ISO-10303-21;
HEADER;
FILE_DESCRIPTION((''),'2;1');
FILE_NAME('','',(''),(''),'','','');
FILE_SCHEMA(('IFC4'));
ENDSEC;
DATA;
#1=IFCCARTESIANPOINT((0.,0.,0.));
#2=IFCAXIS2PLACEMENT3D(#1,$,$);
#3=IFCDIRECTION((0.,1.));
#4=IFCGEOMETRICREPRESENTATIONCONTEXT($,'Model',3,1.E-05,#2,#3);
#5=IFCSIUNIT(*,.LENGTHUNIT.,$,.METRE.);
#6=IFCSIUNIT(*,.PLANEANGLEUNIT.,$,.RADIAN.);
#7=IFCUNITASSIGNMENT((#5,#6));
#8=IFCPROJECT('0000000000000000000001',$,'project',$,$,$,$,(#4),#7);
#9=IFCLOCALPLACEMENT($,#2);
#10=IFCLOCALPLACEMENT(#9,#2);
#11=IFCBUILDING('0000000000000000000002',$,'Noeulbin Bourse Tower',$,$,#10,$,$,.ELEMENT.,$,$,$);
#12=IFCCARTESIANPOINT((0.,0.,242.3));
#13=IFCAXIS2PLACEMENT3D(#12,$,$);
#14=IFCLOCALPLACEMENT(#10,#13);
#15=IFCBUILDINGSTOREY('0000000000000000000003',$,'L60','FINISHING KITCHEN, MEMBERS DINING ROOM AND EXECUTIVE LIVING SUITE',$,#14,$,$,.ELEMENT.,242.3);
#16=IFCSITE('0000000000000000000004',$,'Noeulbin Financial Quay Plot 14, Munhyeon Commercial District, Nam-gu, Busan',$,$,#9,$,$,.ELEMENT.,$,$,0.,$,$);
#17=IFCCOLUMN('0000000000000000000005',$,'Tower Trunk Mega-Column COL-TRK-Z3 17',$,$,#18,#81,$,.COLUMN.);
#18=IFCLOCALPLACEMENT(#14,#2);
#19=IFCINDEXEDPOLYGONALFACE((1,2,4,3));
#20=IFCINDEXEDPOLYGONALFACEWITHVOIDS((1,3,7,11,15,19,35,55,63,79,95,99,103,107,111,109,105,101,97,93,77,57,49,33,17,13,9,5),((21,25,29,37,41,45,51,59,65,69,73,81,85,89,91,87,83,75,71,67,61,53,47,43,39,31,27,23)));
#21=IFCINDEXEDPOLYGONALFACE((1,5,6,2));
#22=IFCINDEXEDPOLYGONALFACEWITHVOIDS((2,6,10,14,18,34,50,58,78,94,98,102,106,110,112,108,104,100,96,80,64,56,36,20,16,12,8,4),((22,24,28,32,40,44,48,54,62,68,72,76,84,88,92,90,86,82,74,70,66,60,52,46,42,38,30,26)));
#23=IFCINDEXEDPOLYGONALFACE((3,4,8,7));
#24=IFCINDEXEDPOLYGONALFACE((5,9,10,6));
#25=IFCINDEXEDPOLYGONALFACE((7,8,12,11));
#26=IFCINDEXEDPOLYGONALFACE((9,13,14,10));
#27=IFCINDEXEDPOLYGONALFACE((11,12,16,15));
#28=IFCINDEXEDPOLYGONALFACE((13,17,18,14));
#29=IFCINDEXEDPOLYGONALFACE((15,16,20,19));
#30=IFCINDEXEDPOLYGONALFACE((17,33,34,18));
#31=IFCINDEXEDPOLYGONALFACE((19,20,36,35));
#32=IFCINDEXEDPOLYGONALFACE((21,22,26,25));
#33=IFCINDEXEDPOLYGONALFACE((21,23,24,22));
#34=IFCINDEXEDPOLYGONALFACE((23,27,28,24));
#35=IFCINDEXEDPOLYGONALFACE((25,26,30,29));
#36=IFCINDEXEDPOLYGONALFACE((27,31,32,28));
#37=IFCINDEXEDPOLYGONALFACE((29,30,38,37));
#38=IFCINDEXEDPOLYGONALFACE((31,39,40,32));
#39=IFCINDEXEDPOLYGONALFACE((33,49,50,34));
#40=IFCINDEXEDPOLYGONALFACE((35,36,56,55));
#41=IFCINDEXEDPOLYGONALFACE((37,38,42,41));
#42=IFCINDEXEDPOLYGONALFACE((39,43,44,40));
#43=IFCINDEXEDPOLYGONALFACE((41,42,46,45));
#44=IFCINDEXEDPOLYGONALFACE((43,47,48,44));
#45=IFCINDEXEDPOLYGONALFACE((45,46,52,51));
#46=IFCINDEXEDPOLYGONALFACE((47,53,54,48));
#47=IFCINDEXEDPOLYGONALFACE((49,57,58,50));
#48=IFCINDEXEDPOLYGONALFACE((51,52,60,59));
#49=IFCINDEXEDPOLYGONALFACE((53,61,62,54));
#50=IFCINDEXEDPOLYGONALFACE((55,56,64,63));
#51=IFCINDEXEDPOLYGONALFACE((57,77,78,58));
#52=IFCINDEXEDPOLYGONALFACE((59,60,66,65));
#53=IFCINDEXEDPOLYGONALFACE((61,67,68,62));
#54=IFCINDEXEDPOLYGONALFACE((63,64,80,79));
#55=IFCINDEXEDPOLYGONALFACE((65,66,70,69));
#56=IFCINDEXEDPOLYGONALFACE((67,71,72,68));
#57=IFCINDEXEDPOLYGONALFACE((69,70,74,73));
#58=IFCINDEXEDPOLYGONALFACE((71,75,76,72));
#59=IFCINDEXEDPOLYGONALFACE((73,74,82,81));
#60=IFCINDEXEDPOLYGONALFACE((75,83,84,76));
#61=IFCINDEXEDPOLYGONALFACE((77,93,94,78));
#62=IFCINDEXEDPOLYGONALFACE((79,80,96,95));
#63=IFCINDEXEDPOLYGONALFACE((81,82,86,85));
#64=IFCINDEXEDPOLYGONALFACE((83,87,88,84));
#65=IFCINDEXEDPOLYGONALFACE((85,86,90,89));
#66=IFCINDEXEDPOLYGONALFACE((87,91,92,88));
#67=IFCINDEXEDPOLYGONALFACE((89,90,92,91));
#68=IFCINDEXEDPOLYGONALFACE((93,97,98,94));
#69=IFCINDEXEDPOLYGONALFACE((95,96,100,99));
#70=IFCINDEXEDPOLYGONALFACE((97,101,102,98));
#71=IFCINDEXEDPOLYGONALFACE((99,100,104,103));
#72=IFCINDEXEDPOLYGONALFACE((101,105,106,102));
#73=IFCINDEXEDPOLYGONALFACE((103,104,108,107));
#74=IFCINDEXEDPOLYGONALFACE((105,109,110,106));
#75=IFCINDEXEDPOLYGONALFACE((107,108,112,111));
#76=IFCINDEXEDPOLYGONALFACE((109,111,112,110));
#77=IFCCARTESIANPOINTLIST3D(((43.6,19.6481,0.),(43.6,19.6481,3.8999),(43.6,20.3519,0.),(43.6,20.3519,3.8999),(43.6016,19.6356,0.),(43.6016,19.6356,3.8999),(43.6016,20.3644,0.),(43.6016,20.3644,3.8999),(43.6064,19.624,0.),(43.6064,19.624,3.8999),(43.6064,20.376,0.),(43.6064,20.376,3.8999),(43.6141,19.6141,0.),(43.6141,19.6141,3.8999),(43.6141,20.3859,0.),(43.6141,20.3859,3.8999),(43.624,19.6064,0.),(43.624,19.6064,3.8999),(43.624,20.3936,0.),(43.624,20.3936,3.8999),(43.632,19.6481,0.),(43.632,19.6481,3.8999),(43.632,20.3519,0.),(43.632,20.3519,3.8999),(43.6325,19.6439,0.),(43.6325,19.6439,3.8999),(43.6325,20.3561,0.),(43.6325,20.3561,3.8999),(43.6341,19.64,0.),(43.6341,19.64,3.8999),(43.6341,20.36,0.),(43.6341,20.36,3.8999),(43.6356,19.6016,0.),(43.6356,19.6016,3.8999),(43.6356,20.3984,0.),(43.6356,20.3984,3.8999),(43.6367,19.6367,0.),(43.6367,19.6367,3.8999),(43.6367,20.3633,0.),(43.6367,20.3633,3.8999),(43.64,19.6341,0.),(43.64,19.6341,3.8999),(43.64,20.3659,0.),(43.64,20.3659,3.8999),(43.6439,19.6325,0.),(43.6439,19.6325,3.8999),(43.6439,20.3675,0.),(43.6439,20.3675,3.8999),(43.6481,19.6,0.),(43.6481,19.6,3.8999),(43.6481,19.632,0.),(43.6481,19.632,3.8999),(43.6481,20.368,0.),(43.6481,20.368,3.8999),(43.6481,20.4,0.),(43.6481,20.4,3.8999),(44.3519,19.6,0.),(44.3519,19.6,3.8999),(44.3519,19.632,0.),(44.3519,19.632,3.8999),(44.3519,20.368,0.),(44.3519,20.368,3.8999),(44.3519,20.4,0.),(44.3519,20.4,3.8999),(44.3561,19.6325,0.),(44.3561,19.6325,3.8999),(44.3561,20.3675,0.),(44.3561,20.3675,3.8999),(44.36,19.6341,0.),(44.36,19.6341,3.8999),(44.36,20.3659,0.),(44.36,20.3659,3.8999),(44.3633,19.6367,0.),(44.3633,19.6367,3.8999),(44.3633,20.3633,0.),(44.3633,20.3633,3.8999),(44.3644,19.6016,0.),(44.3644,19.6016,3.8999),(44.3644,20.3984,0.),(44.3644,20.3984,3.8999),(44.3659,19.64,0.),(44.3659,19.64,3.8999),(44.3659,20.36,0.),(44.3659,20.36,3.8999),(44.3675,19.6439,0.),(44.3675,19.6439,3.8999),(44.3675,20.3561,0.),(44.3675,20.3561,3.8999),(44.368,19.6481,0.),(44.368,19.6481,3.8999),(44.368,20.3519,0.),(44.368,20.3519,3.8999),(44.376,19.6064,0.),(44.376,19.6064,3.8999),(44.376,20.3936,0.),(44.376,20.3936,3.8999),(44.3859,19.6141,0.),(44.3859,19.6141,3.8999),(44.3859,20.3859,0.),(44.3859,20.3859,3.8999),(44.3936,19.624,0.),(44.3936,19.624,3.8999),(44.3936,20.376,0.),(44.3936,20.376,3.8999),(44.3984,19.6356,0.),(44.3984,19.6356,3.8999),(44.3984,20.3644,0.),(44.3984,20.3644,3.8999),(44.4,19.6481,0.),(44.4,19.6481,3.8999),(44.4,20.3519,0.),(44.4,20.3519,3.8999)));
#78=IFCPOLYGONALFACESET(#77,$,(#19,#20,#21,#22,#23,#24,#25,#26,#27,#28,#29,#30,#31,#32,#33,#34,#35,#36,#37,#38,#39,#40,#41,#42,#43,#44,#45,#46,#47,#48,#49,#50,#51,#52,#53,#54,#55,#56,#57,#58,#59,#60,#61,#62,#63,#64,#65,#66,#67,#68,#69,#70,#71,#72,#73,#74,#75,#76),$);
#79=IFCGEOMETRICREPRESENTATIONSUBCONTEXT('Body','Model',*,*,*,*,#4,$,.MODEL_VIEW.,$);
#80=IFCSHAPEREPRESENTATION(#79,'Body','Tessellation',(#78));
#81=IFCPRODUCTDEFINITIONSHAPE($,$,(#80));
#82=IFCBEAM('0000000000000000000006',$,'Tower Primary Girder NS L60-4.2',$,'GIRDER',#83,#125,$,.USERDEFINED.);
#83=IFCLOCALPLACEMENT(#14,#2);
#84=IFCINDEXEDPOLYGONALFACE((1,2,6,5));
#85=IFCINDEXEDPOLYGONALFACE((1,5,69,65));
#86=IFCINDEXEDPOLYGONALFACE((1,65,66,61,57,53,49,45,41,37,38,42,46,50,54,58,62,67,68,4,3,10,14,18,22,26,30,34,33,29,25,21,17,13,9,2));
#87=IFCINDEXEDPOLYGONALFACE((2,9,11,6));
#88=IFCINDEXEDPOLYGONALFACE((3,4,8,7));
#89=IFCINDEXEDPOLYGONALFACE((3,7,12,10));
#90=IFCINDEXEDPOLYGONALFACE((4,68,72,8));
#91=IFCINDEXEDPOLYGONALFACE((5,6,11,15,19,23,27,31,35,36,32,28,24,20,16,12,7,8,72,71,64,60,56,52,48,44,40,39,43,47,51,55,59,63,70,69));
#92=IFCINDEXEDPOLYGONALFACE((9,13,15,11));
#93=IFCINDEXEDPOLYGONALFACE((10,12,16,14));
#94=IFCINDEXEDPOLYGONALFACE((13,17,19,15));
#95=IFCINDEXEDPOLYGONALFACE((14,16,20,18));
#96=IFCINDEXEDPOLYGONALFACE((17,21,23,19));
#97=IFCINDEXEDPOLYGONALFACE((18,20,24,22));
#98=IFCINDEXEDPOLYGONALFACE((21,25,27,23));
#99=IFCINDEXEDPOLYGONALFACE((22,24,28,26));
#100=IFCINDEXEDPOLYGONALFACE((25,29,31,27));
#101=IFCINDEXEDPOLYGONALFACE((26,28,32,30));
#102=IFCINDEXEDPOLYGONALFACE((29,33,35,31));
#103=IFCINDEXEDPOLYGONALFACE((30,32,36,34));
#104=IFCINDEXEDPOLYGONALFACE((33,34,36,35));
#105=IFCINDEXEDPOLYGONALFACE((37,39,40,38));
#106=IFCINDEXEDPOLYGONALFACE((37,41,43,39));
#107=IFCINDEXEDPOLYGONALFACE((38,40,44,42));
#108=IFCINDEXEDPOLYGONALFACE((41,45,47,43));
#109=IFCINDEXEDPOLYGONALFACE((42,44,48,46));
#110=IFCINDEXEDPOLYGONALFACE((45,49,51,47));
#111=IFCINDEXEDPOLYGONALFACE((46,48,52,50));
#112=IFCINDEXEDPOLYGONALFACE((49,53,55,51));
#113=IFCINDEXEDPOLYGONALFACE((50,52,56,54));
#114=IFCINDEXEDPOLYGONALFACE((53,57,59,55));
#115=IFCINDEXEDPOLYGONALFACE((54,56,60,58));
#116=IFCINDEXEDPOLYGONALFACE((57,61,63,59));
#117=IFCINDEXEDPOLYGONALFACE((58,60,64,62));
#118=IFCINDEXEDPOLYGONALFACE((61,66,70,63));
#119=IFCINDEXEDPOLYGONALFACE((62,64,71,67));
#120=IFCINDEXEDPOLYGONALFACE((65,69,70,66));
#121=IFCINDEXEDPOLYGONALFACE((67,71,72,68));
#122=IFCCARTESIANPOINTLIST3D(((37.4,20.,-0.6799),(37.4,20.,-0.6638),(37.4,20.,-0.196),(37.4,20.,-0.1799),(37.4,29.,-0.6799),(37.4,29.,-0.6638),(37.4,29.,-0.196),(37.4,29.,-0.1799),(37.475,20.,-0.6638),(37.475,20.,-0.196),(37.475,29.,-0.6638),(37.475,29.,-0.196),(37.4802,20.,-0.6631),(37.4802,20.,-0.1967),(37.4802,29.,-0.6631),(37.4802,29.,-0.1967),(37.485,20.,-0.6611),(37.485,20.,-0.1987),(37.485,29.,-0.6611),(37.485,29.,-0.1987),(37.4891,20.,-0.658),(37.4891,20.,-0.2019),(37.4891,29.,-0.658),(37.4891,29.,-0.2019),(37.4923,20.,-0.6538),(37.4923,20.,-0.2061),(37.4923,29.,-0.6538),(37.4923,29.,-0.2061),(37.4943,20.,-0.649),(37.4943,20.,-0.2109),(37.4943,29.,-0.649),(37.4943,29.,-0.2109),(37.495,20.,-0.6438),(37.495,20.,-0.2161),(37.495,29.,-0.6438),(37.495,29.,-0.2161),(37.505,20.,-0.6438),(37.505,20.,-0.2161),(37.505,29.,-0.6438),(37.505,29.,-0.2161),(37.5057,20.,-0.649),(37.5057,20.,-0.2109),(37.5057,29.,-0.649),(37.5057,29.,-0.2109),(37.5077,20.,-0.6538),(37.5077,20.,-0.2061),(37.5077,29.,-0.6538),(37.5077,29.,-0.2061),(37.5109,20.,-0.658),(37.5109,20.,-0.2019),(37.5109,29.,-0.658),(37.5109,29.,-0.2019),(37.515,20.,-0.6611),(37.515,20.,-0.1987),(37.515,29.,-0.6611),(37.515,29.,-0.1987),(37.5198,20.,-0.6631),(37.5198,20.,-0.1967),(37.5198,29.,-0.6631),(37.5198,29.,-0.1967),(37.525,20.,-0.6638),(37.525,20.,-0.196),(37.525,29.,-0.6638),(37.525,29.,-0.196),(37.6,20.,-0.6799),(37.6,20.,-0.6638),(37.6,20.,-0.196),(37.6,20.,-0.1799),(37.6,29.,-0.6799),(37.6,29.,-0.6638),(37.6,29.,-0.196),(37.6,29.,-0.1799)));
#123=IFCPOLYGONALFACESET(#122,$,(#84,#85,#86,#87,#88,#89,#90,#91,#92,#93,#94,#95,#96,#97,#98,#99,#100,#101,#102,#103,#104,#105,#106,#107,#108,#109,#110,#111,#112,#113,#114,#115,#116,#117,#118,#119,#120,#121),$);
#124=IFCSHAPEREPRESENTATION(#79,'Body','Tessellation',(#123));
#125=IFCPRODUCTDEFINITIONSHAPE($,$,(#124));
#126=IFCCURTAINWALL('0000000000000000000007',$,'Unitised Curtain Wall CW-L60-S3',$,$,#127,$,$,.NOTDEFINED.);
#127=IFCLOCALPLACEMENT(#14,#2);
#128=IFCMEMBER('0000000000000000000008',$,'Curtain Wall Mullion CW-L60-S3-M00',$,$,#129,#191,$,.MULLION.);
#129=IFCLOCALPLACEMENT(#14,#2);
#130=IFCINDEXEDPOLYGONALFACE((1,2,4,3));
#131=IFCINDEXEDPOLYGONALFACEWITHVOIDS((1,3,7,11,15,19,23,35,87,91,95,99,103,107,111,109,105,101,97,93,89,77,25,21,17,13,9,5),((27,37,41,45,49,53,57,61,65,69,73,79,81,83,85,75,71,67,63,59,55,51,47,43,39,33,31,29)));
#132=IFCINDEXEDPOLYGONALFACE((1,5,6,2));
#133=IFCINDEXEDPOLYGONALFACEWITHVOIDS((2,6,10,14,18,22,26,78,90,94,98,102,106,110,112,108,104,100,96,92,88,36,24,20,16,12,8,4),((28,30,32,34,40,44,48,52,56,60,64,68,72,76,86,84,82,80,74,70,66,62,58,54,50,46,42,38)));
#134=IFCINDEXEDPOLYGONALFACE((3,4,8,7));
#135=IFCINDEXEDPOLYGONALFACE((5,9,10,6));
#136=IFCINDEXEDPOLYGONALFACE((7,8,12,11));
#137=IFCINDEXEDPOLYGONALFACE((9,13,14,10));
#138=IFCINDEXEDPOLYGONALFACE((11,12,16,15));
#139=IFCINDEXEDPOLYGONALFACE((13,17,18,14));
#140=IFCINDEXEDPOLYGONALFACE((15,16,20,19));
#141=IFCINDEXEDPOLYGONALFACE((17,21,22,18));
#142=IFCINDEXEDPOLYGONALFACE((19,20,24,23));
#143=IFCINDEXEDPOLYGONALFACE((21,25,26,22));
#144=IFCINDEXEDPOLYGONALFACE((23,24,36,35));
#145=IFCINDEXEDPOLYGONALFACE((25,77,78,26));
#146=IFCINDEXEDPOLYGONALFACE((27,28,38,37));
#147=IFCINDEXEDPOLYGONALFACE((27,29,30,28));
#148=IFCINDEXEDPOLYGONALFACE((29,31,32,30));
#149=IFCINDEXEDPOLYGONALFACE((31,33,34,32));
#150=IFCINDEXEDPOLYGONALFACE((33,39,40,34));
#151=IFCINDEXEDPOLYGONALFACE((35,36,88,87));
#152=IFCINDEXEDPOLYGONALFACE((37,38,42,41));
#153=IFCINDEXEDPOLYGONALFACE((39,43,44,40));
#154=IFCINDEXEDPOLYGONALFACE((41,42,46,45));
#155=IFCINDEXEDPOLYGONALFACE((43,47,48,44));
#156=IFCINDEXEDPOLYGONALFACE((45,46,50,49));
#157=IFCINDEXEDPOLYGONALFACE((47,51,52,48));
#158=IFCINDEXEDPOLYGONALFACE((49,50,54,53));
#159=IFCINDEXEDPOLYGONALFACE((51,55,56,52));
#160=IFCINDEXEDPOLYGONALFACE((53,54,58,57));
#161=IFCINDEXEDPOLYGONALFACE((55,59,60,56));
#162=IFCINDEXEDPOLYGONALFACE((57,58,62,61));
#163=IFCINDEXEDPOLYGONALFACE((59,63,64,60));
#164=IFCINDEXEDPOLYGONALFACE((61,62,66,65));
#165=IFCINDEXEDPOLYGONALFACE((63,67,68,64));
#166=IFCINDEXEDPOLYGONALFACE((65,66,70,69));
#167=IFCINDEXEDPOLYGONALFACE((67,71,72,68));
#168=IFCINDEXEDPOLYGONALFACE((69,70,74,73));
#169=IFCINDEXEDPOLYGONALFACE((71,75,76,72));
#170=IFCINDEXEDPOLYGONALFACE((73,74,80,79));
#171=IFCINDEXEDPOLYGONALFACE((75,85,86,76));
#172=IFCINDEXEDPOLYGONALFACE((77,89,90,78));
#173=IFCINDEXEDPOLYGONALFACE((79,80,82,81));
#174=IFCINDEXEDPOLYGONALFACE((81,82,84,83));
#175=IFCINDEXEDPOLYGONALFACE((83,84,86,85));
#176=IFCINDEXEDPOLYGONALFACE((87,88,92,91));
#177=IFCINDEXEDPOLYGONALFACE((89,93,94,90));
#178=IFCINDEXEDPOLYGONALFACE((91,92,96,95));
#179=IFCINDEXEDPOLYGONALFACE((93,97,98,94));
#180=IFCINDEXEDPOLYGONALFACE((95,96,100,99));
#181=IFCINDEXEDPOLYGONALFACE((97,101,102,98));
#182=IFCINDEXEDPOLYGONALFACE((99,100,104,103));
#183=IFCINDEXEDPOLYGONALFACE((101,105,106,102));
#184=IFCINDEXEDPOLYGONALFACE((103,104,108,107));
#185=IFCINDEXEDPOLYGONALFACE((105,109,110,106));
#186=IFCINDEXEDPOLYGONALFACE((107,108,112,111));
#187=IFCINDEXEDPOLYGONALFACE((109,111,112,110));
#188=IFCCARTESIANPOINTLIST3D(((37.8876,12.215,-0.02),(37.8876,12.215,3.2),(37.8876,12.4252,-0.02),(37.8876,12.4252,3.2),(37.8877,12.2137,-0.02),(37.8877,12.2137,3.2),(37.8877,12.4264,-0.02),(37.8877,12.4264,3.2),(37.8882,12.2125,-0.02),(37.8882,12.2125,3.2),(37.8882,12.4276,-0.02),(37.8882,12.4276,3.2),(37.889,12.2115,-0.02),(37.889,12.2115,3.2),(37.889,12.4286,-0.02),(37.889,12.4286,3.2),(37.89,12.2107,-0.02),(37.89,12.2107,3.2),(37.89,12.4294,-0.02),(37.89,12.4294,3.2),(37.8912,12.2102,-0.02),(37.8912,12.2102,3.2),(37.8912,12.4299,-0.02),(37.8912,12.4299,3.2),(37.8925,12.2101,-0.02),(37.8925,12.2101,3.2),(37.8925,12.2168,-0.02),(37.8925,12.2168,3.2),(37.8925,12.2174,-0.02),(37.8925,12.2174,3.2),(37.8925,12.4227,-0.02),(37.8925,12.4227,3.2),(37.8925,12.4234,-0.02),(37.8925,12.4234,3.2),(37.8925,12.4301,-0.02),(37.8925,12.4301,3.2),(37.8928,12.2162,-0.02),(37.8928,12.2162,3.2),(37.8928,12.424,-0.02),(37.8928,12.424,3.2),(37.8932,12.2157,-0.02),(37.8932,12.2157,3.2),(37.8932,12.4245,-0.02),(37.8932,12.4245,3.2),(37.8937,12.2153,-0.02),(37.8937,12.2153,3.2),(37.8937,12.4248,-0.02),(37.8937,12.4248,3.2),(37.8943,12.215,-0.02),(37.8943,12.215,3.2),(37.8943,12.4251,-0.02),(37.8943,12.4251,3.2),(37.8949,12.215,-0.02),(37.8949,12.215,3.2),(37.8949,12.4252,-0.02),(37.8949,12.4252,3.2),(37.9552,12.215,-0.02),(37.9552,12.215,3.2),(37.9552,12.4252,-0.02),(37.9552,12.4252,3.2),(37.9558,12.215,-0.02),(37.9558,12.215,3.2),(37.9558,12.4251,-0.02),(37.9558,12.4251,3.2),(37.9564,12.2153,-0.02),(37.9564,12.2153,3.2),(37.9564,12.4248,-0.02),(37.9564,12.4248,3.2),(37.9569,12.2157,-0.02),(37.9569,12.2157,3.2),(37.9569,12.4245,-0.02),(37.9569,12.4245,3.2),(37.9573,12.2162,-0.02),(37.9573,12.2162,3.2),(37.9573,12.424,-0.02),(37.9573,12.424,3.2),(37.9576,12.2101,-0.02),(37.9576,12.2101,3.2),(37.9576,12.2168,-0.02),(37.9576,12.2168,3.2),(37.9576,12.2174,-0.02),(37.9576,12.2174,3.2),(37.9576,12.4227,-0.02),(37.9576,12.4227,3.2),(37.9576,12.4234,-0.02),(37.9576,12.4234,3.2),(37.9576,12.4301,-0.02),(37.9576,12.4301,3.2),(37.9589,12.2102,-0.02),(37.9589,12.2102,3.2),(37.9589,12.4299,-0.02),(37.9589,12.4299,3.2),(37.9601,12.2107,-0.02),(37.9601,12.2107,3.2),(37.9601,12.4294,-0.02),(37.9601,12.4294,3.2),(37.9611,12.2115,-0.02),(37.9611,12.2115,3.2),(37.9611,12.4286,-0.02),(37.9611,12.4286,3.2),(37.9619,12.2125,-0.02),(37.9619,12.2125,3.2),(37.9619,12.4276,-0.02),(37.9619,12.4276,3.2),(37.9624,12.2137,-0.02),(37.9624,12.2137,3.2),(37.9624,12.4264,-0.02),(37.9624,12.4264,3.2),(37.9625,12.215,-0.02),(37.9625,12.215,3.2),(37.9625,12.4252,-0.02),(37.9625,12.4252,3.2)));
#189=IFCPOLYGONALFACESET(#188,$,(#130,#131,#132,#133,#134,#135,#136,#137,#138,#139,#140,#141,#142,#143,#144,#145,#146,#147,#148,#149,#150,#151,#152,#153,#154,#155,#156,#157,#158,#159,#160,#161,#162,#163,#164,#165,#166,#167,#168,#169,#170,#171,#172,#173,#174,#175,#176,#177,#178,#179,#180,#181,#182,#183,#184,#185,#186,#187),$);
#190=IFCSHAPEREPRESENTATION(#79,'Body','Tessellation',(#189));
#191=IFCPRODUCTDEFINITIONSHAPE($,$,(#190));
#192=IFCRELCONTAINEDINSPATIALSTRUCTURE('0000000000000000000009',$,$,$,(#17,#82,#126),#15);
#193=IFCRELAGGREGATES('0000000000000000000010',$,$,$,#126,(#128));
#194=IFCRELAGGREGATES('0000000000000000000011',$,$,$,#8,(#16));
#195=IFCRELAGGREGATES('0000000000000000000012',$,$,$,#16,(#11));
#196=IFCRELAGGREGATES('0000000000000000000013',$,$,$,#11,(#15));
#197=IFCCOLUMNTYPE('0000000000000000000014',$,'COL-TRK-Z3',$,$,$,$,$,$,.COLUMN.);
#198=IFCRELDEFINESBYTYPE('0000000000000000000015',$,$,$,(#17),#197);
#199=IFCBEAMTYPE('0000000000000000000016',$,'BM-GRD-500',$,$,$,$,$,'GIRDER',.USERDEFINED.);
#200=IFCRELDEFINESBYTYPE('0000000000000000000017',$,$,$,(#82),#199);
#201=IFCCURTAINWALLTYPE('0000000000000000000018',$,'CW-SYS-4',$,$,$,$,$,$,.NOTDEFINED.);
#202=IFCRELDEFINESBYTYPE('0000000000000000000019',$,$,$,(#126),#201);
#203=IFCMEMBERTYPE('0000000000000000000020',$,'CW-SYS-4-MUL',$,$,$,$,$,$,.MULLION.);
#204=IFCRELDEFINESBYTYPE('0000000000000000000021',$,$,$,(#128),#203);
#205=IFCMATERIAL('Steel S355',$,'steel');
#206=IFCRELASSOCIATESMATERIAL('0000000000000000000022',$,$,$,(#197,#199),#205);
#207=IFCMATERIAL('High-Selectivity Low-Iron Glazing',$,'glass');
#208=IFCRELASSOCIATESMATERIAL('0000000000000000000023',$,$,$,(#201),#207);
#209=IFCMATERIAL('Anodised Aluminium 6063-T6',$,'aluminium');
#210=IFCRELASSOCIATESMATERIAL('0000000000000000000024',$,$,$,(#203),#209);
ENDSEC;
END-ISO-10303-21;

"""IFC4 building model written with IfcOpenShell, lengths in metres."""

from ifc_helpers import new_model, si_unit, direction, frame, origin, origin_2d, place, context, subcontext, project, spatial, hollow_rectangle, i_section, extrude, material, material_profile, profile_set, type_object, element, aggregate, save


model = new_model("IFC4")

# Units and contexts
model_context = context("Model", 3, precision=1e-05, world=origin(), true_north=direction((0.0, 1.0)))
body_context = subcontext(model_context, "Body", "Model", "MODEL_VIEW")
ifc_project = project(units=[si_unit("LENGTHUNIT", "METRE"), si_unit("PLANEANGLEUNIT", "RADIAN")], contexts=[model_context])

# Site, building, storey
site_placement = place(None, origin())
site = spatial("IfcSite", under=ifc_project, at=site_placement, Name="Noeulbin Financial Quay Plot 14, Munhyeon Commercial District, Nam-gu, Busan", CompositionType="ELEMENT", RefElevation=0.0)
building_placement = place(site_placement, origin())
building = spatial("IfcBuilding", under=site, at=building_placement, Name="Noeulbin Bourse Tower", CompositionType="ELEMENT")
storey_placement = place(building_placement, frame((0.0, 0.0, 242.3)))
storey = spatial("IfcBuildingStorey", under=building, at=storey_placement, Name="L60", Description="FINISHING KITCHEN, MEMBERS DINING ROOM AND EXECUTIVE LIVING SUITE", CompositionType="ELEMENT", Elevation=242.3)

# Column
ifc_material_1 = material(Name="Steel S355", Category="steel")
ifc_material_profile_1 = material_profile(ifc_material_1, hollow_rectangle(XDim=0.8, YDim=0.8, WallThickness=0.032, InnerFilletRadius=0.0161, OuterFilletRadius=0.0481, at=origin_2d()), Name="BOX-800x800x32", Category="LoadBearing")
ifc_profile_set_1 = profile_set([ifc_material_profile_1], Name="Steel S355")
column_type = type_object("IfcColumnType", Name="COL-TRK-Z3", PredefinedType="COLUMN", material=ifc_profile_set_1)
column_placement = place(storey_placement, frame((44.0, 20.0, 0.0), z_axis=(0.0, 0.0, 1.0), x_axis=(1.0, 0.0, 0.0)))
element("IfcColumn", 1, at=column_placement, inside=storey, type_object=column_type, Name="Tower Trunk Mega-Column COL-TRK-Z3 17", PredefinedType="COLUMN", context=body_context, shape_type="SweptSolid", body=[
    extrude(hollow_rectangle(XDim=0.8, YDim=0.8, WallThickness=0.032, InnerFilletRadius=0.0161, OuterFilletRadius=0.0481, at=origin_2d()), origin(), (0.0, 0.0, 1.0), 3.8999),
])

# Beam
ifc_material_profile_2 = material_profile(ifc_material_1, i_section(OverallWidth=0.2, OverallDepth=0.5, WebThickness=0.01, FlangeThickness=0.0161, FilletRadius=0.02, at=origin_2d()), Name="H-500x200x10x16", Category="LoadBearing")
ifc_profile_set_2 = profile_set([ifc_material_profile_2], Name="Steel S355")
beam_type = type_object("IfcBeamType", Name="BM-GRD-500", ElementType="GIRDER", PredefinedType="USERDEFINED", material=ifc_profile_set_2)
beam_placement = place(storey_placement, frame((37.5, 20.0, -0.4299), z_axis=(0.0, 1.0, 0.0), x_axis=(-1.0, 0.0, 0.0)))
element("IfcBeam", 2, at=beam_placement, inside=storey, type_object=beam_type, Name="Tower Primary Girder NS L60-4.2", ObjectType="GIRDER", PredefinedType="USERDEFINED", context=body_context, shape_type="SweptSolid", body=[
    extrude(i_section(OverallWidth=0.2, OverallDepth=0.5, WebThickness=0.01, FlangeThickness=0.0161, FilletRadius=0.02, at=origin_2d()), origin(), (0.0, 0.0, 1.0), 9.0),
])

# Curtain wall, member
ifc_material_2 = material(Name="High-Selectivity Low-Iron Glazing", Category="glass")
curtain_wall_type = type_object("IfcCurtainWallType", Name="CW-SYS-4", PredefinedType="NOTDEFINED", material=ifc_material_2)
curtain_wall_1_placement = place(storey_placement, origin())
curtain_wall_1 = element("IfcCurtainWall", 3, at=curtain_wall_1_placement, inside=storey, type_object=curtain_wall_type, Name="Unitised Curtain Wall CW-L60-S3", PredefinedType="NOTDEFINED")
ifc_material_3 = material(Name="Anodised Aluminium 6063-T6", Category="aluminium")
ifc_material_profile_3 = material_profile(ifc_material_3, hollow_rectangle(XDim=0.075, YDim=0.22, WallThickness=0.0049, InnerFilletRadius=0.0024, OuterFilletRadius=0.0049, at=origin_2d()), Name="ALU-MULL-75x220x5", Category="LoadBearing")
ifc_profile_set_3 = profile_set([ifc_material_profile_3], Name="Anodised Aluminium 6063-T6")
member_type_1 = type_object("IfcMemberType", Name="CW-SYS-4-MUL", PredefinedType="MULLION", material=ifc_profile_set_3)
member_1_placement = place(storey_placement, frame((37.925, 12.3201, -0.02), z_axis=(0.0, 0.0, 1.0), x_axis=(1.0, 0.0, 0.0)))
member_1 = element("IfcMember", 4, at=member_1_placement, type_object=member_type_1, Name="Curtain Wall Mullion CW-L60-S3-M00", PredefinedType="MULLION", context=body_context, shape_type="SweptSolid", body=[
    extrude(hollow_rectangle(XDim=0.075, YDim=0.22, WallThickness=0.0049, InnerFilletRadius=0.0024, OuterFilletRadius=0.0049, at=origin_2d()), origin(), (0.0, 0.0, 1.0), 3.22),
])

aggregate(curtain_wall_1, [member_1])

save(model, "model.ifc")
